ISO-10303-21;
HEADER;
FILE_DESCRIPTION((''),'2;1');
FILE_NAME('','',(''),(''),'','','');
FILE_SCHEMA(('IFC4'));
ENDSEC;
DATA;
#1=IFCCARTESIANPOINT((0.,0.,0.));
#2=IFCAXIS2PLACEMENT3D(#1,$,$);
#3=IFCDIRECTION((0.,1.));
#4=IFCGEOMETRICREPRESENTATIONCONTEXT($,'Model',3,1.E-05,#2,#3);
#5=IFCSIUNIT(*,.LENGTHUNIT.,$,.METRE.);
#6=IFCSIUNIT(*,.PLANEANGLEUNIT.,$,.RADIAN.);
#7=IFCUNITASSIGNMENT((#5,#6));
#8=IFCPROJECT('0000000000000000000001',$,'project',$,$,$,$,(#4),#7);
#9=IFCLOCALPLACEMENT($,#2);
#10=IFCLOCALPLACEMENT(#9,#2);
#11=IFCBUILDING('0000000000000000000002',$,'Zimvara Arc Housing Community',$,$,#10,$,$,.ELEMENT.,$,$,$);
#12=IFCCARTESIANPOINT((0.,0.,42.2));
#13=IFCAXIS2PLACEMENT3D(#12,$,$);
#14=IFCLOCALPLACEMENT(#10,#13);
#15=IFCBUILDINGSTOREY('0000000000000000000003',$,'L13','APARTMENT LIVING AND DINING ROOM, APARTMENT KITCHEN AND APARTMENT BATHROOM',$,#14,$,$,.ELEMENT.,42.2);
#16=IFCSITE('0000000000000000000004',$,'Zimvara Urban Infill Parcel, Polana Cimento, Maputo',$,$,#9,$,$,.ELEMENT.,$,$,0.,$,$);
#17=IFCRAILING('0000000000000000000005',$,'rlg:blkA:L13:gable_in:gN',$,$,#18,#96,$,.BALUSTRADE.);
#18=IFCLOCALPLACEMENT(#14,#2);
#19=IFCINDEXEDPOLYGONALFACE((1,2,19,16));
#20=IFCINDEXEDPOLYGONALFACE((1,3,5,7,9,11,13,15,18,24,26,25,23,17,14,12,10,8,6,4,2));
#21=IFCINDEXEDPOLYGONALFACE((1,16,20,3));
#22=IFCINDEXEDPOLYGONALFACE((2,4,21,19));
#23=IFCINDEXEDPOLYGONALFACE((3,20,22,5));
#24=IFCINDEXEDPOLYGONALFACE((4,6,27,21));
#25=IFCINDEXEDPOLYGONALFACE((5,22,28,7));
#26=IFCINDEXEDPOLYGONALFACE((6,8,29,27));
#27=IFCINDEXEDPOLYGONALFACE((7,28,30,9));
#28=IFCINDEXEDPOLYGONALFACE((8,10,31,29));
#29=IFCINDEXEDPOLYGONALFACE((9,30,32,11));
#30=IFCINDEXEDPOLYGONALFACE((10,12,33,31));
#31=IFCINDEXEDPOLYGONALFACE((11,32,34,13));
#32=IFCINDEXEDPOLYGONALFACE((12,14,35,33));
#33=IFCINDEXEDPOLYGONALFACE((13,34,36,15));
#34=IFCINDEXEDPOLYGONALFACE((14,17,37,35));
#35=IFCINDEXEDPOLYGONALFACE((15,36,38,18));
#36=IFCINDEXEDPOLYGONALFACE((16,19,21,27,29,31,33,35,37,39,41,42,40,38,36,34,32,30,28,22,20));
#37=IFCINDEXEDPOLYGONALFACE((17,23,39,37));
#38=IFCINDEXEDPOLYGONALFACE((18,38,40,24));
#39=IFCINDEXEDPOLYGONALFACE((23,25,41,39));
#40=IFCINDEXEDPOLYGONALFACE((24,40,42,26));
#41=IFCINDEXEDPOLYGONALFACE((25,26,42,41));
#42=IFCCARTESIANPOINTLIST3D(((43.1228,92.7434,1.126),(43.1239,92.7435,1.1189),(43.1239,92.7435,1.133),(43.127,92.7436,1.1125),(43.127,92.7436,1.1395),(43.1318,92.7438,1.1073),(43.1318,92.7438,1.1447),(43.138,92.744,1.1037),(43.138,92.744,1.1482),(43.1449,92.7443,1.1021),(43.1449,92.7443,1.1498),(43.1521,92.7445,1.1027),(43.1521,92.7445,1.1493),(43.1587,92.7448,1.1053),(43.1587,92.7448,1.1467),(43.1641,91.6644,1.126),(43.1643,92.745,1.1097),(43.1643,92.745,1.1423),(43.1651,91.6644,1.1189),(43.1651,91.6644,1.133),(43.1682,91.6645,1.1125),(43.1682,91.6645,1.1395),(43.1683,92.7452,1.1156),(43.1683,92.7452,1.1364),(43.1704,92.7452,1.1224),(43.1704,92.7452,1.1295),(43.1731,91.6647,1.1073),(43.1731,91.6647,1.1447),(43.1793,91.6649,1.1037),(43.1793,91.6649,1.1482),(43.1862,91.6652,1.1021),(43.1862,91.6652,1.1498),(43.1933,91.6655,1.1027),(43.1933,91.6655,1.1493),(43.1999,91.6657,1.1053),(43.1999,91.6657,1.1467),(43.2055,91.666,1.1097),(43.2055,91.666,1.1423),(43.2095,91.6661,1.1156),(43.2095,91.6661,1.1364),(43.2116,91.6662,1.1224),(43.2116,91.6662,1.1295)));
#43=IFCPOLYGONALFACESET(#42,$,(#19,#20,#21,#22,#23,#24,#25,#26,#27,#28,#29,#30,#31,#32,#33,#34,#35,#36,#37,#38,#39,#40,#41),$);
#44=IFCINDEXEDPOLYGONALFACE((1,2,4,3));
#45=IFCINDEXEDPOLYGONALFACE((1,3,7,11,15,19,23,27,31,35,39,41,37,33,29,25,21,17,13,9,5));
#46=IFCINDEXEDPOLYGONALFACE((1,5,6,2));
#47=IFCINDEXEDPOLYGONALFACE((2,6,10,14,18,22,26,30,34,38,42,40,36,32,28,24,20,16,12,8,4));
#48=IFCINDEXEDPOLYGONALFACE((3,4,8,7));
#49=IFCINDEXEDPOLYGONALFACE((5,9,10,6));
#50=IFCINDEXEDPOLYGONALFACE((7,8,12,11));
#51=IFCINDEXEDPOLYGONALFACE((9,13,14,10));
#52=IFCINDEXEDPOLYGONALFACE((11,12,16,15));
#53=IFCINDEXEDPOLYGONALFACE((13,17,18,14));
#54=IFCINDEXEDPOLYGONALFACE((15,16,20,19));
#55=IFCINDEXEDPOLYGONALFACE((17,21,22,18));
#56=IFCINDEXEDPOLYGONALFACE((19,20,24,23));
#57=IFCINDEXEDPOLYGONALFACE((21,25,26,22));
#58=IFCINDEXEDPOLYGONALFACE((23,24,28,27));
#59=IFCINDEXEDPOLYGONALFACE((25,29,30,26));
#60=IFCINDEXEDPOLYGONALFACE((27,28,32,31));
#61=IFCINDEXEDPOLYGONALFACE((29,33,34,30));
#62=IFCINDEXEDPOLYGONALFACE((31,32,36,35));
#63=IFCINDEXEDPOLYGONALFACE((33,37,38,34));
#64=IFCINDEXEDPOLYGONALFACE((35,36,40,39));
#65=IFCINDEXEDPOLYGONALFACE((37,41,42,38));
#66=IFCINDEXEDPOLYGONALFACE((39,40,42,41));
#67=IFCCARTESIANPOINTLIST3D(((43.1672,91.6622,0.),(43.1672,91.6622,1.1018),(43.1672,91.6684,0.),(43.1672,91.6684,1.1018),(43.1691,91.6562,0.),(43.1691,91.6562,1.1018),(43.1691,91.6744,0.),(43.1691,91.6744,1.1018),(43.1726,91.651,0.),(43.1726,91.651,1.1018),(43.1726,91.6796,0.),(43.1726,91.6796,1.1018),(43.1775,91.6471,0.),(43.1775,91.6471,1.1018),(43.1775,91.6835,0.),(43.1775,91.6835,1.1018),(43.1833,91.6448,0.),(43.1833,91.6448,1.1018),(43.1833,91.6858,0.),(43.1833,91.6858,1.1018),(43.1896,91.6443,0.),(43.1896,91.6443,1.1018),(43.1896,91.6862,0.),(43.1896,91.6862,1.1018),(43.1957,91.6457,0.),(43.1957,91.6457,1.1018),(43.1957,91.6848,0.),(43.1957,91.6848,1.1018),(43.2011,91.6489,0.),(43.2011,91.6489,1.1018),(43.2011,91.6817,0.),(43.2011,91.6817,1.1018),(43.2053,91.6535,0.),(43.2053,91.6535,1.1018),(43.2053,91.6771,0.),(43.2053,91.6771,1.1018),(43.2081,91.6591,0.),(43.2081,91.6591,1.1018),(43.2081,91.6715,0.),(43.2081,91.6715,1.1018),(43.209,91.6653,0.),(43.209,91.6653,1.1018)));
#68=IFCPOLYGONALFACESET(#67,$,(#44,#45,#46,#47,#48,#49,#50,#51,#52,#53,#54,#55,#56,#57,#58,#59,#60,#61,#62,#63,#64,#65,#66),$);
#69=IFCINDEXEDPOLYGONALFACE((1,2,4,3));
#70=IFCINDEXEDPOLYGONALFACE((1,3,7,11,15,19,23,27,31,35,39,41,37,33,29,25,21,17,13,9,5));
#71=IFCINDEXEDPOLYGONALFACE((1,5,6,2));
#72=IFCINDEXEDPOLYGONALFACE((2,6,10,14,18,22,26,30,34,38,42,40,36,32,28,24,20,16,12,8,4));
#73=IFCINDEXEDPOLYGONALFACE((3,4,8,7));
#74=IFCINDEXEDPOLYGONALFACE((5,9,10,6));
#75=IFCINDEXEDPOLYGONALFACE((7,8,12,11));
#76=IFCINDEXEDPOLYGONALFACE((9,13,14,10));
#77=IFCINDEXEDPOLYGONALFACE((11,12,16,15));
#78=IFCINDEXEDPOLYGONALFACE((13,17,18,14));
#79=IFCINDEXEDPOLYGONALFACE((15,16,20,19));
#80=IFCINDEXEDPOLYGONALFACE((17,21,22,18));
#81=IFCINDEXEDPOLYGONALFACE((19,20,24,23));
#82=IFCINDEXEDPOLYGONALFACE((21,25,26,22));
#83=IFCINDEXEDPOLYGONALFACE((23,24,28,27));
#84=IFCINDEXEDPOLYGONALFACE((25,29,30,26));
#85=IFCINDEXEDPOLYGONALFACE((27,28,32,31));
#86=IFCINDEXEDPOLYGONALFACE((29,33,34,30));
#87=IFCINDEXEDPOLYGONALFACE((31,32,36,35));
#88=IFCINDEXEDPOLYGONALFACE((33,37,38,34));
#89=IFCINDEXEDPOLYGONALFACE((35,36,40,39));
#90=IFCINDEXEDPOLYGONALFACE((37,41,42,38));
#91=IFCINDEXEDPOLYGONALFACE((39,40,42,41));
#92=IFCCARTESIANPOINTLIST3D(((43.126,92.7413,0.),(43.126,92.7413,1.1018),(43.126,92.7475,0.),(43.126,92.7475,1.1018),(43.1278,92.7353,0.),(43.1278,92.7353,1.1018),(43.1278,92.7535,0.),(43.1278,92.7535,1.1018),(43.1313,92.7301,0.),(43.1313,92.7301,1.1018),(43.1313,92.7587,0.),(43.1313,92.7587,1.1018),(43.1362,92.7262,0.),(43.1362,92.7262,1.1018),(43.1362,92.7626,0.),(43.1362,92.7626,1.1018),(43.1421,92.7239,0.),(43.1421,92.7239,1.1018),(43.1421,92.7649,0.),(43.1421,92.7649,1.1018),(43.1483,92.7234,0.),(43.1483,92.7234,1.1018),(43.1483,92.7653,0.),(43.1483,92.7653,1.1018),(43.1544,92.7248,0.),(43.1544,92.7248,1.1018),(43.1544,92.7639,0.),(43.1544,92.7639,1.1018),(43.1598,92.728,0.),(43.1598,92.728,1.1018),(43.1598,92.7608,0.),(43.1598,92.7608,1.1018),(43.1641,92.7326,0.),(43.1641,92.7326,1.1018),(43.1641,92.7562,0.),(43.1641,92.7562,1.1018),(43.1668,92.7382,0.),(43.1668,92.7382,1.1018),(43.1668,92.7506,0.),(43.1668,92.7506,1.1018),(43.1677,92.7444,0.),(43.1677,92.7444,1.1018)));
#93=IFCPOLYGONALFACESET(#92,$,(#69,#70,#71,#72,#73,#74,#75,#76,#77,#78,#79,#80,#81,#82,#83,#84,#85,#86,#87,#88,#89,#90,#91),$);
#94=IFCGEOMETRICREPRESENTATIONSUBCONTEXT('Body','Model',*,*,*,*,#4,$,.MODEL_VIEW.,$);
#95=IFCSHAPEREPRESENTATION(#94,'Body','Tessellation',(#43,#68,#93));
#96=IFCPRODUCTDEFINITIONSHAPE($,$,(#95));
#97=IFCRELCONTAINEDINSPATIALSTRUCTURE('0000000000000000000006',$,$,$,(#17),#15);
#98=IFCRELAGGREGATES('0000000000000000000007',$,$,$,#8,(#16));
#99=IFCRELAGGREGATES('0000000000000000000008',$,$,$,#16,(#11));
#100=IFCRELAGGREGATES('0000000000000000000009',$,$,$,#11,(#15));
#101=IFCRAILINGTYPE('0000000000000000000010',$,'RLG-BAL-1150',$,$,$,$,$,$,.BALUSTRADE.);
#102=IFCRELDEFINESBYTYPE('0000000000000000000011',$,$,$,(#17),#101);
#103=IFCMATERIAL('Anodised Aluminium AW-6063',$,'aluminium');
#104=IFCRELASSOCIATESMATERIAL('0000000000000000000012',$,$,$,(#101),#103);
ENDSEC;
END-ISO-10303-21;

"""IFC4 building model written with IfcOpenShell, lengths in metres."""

from ifc_helpers import new_model, si_unit, direction, frame, origin, origin_2d, place, context, subcontext, project, spatial, circle, extrude, material, type_object, element, save


model = new_model("IFC4")

# Units and contexts
model_context = context("Model", 3, precision=1e-05, world=origin(), true_north=direction((0.0, 1.0)))
body_context = subcontext(model_context, "Body", "Model", "MODEL_VIEW")
ifc_project = project(units=[si_unit("LENGTHUNIT", "METRE"), si_unit("PLANEANGLEUNIT", "RADIAN")], contexts=[model_context])

# Site, building, storey
site_placement = place(None, origin())
site = spatial("IfcSite", under=ifc_project, at=site_placement, Name="Zimvara Urban Infill Parcel, Polana Cimento, Maputo", CompositionType="ELEMENT", RefElevation=0.0)
building_placement = place(site_placement, origin())
building = spatial("IfcBuilding", under=site, at=building_placement, Name="Zimvara Arc Housing Community", CompositionType="ELEMENT")
storey_placement = place(building_placement, frame((0.0, 0.0, 42.2)))
storey = spatial("IfcBuildingStorey", under=building, at=storey_placement, Name="L13", Description="APARTMENT LIVING AND DINING ROOM, APARTMENT KITCHEN AND APARTMENT BATHROOM", CompositionType="ELEMENT", Elevation=42.2)

# Railing
ifc_material_1 = material(Name="Anodised Aluminium AW-6063", Category="aluminium")
railing_type = type_object("IfcRailingType", Name="RLG-BAL-1150", PredefinedType="BALUSTRADE", material=ifc_material_1)
railing_placement = place(storey_placement, frame((43.188, 91.6653, 0.0)))
element("IfcRailing", 1, at=railing_placement, inside=storey, type_object=railing_type, Name="rlg:blkA:L13:gable_in:gN", PredefinedType="BALUSTRADE", context=body_context, shape_type="SweptSolid", body=[
    extrude(circle(Radius=0.0239, at=origin_2d()), frame((0.0, 0.0, 1.126), z_axis=(-0.038207, 0.99927, 0.0), x_axis=(-0.99927, -0.038207, 0.0)), (0.0, 0.0, 1.0), 1.0798),
    extrude(circle(Radius=0.021, at=origin_2d()), origin(), (0.0, 0.0, 1.0), 1.1018),
    extrude(circle(Radius=0.021, at=origin_2d()), frame((-0.0413, 1.0791, 0.0)), (0.0, 0.0, 1.0), 1.1018),
])

save(model, "model.ifc")
